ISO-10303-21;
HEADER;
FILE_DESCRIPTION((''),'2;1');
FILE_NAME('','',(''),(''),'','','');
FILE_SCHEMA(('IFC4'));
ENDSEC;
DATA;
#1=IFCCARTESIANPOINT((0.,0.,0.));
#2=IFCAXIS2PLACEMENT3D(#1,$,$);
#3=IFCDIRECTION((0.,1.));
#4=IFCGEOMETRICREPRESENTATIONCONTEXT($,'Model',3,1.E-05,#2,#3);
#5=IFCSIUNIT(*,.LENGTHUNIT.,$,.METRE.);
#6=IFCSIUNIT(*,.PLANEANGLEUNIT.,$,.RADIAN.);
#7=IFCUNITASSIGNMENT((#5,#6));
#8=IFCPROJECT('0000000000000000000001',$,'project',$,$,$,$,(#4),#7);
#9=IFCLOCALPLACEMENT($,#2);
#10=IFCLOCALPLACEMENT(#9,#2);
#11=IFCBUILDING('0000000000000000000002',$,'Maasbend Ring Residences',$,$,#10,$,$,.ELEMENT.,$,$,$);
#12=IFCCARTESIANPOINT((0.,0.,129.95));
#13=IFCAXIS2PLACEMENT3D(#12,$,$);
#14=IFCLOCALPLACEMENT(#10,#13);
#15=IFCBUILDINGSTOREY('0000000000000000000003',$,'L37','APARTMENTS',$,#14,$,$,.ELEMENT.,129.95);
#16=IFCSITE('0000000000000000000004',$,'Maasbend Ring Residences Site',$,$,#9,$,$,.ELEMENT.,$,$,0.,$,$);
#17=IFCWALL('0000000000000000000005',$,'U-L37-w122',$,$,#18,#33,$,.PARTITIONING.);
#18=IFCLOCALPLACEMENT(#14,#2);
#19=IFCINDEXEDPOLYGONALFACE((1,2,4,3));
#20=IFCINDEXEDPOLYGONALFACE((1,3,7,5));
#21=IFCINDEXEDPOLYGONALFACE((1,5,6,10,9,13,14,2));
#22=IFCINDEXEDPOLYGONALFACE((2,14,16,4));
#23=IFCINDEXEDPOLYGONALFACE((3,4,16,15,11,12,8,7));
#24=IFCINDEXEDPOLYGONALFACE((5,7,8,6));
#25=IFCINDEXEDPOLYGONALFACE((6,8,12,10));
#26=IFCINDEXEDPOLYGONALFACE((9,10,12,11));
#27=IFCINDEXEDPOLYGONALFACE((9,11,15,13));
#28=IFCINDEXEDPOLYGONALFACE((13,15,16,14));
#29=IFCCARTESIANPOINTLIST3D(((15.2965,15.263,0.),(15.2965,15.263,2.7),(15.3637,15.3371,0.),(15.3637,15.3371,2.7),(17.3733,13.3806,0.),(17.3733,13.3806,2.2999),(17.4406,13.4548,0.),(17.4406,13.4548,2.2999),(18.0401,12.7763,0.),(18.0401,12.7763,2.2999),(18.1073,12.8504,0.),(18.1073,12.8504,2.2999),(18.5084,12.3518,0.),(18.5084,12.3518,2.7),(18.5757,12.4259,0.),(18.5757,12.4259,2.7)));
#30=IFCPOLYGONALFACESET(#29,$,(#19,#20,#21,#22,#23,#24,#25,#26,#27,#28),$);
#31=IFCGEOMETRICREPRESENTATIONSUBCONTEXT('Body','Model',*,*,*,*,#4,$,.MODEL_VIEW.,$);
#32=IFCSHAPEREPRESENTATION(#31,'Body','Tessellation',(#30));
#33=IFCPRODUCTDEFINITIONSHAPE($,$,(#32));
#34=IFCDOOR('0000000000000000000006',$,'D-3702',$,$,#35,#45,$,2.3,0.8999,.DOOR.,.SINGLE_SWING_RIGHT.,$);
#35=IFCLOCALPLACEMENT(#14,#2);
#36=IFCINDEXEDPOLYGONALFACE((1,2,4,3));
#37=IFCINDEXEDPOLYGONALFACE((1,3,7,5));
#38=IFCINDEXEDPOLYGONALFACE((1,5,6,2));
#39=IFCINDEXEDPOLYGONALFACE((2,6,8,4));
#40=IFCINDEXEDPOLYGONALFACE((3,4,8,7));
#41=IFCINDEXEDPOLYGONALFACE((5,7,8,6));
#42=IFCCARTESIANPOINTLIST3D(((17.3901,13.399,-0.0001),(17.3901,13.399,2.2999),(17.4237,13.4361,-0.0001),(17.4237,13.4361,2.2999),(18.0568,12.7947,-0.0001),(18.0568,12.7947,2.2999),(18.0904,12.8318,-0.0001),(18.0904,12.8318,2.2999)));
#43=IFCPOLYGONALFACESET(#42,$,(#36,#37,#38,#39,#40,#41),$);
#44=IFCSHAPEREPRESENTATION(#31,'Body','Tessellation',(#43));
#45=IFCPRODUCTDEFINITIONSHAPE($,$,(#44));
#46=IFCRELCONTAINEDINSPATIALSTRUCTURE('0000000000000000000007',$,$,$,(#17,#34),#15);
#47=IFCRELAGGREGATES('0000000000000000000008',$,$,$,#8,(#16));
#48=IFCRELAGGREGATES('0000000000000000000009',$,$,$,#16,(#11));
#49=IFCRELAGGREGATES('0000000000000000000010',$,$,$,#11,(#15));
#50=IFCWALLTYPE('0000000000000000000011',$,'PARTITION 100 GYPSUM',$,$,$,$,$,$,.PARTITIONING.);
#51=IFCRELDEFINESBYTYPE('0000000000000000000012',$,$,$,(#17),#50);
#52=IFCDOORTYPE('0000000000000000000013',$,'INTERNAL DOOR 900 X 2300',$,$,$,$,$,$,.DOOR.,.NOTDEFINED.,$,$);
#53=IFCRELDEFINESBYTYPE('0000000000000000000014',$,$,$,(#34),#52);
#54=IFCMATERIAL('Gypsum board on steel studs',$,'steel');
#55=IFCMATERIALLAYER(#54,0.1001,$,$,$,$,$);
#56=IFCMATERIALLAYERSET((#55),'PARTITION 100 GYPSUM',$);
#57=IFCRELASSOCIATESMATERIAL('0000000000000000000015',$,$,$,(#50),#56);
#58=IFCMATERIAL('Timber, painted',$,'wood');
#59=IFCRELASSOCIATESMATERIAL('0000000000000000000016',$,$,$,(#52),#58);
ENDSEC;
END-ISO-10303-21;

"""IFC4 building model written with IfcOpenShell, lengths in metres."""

from ifc_helpers import new_model, si_unit, direction, frame, frame_2d, origin, place, context, subcontext, project, spatial, rectangle, extrude, material, layer, layer_set, type_object, element, fill, save


model = new_model("IFC4")

# Units and contexts
model_context = context("Model", 3, precision=1e-05, world=origin(), true_north=direction((0.0, 1.0)))
body_context = subcontext(model_context, "Body", "Model", "MODEL_VIEW")
ifc_project = project(units=[si_unit("LENGTHUNIT", "METRE"), si_unit("PLANEANGLEUNIT", "RADIAN")], contexts=[model_context])

# Site, building, storey
site_placement = place(None, origin())
site = spatial("IfcSite", under=ifc_project, at=site_placement, Name="Maasbend Ring Residences Site", CompositionType="ELEMENT", RefElevation=0.0)
building_placement = place(site_placement, origin())
building = spatial("IfcBuilding", under=site, at=building_placement, Name="Maasbend Ring Residences", CompositionType="ELEMENT")
storey_placement = place(building_placement, frame((0.0, 0.0, 129.95)))
storey = spatial("IfcBuildingStorey", under=building, at=storey_placement, Name="L37", Description="APARTMENTS", CompositionType="ELEMENT", Elevation=129.95)

# Shared definitions
ifc_material_1 = material(Name="Gypsum board on steel studs", Category="steel")
ifc_layer_1 = layer(ifc_material_1, 0.1001)
ifc_layer_set_1 = layer_set([ifc_layer_1], Name="PARTITION 100 GYPSUM")
wall_type_1 = type_object("IfcWallType", Name="PARTITION 100 GYPSUM", PredefinedType="PARTITIONING", material=ifc_layer_set_1)
ifc_material_2 = material(Name="Timber, painted", Category="wood")
door_type_1 = type_object("IfcDoorType", Name="INTERNAL DOOR 900 X 2300", OperationType="NOTDEFINED", PredefinedType="DOOR", material=ifc_material_2)

# Wall, opening, door
wall_1_placement = place(storey_placement, frame((15.3301, 15.3, 0.0), z_axis=(0.0, 0.0, 1.0), x_axis=(0.740948, -0.671562, 0.0)))
wall_1 = element("IfcWall", 1, at=wall_1_placement, inside=storey, type_object=wall_type_1, Name="U-L37-w122", PredefinedType="PARTITIONING", context=body_context, shape_type="SweptSolid", body=[
    extrude(rectangle(XDim=4.335, YDim=0.1001, at=frame_2d((2.1675, 0.0))), origin(), (0.0, 0.0, 1.0), 2.7),
])
opening_1_placement = place(wall_1_placement, frame((2.803, 0.0, 0.0)))
opening_1 = element("IfcOpeningElement", 2, at=opening_1_placement, cuts=wall_1, PredefinedType="OPENING", context=body_context, shape_type="SweptSolid", body=[
    extrude(rectangle(XDim=0.8999, YDim=2.3, at=frame_2d((0.45, 1.1499))), frame((0.0, 0.0601, 0.0), z_axis=(0.0, -1.0, 0.0), x_axis=(1.0, 0.0, 0.0)), (0.0, 0.0, 1.0), 0.1201),
])
door_1_placement = place(opening_1_placement, origin())
door_1 = element("IfcDoor", 3, at=door_1_placement, inside=storey, type_object=door_type_1, Name="D-3702", OperationType="SINGLE_SWING_RIGHT", OverallHeight=2.3, OverallWidth=0.8999, PredefinedType="DOOR", context=body_context, shape_type="SweptSolid", body=[
    extrude(rectangle(XDim=0.8999, YDim=2.3, at=frame_2d((0.45, 1.1499))), frame((0.0, 0.0249, 0.0), z_axis=(0.0, -1.0, 0.0), x_axis=(1.0, 0.0, 0.0)), (0.0, 0.0, 1.0), 0.05),
])
fill(opening_1, door_1)

save(model, "model.ifc")
